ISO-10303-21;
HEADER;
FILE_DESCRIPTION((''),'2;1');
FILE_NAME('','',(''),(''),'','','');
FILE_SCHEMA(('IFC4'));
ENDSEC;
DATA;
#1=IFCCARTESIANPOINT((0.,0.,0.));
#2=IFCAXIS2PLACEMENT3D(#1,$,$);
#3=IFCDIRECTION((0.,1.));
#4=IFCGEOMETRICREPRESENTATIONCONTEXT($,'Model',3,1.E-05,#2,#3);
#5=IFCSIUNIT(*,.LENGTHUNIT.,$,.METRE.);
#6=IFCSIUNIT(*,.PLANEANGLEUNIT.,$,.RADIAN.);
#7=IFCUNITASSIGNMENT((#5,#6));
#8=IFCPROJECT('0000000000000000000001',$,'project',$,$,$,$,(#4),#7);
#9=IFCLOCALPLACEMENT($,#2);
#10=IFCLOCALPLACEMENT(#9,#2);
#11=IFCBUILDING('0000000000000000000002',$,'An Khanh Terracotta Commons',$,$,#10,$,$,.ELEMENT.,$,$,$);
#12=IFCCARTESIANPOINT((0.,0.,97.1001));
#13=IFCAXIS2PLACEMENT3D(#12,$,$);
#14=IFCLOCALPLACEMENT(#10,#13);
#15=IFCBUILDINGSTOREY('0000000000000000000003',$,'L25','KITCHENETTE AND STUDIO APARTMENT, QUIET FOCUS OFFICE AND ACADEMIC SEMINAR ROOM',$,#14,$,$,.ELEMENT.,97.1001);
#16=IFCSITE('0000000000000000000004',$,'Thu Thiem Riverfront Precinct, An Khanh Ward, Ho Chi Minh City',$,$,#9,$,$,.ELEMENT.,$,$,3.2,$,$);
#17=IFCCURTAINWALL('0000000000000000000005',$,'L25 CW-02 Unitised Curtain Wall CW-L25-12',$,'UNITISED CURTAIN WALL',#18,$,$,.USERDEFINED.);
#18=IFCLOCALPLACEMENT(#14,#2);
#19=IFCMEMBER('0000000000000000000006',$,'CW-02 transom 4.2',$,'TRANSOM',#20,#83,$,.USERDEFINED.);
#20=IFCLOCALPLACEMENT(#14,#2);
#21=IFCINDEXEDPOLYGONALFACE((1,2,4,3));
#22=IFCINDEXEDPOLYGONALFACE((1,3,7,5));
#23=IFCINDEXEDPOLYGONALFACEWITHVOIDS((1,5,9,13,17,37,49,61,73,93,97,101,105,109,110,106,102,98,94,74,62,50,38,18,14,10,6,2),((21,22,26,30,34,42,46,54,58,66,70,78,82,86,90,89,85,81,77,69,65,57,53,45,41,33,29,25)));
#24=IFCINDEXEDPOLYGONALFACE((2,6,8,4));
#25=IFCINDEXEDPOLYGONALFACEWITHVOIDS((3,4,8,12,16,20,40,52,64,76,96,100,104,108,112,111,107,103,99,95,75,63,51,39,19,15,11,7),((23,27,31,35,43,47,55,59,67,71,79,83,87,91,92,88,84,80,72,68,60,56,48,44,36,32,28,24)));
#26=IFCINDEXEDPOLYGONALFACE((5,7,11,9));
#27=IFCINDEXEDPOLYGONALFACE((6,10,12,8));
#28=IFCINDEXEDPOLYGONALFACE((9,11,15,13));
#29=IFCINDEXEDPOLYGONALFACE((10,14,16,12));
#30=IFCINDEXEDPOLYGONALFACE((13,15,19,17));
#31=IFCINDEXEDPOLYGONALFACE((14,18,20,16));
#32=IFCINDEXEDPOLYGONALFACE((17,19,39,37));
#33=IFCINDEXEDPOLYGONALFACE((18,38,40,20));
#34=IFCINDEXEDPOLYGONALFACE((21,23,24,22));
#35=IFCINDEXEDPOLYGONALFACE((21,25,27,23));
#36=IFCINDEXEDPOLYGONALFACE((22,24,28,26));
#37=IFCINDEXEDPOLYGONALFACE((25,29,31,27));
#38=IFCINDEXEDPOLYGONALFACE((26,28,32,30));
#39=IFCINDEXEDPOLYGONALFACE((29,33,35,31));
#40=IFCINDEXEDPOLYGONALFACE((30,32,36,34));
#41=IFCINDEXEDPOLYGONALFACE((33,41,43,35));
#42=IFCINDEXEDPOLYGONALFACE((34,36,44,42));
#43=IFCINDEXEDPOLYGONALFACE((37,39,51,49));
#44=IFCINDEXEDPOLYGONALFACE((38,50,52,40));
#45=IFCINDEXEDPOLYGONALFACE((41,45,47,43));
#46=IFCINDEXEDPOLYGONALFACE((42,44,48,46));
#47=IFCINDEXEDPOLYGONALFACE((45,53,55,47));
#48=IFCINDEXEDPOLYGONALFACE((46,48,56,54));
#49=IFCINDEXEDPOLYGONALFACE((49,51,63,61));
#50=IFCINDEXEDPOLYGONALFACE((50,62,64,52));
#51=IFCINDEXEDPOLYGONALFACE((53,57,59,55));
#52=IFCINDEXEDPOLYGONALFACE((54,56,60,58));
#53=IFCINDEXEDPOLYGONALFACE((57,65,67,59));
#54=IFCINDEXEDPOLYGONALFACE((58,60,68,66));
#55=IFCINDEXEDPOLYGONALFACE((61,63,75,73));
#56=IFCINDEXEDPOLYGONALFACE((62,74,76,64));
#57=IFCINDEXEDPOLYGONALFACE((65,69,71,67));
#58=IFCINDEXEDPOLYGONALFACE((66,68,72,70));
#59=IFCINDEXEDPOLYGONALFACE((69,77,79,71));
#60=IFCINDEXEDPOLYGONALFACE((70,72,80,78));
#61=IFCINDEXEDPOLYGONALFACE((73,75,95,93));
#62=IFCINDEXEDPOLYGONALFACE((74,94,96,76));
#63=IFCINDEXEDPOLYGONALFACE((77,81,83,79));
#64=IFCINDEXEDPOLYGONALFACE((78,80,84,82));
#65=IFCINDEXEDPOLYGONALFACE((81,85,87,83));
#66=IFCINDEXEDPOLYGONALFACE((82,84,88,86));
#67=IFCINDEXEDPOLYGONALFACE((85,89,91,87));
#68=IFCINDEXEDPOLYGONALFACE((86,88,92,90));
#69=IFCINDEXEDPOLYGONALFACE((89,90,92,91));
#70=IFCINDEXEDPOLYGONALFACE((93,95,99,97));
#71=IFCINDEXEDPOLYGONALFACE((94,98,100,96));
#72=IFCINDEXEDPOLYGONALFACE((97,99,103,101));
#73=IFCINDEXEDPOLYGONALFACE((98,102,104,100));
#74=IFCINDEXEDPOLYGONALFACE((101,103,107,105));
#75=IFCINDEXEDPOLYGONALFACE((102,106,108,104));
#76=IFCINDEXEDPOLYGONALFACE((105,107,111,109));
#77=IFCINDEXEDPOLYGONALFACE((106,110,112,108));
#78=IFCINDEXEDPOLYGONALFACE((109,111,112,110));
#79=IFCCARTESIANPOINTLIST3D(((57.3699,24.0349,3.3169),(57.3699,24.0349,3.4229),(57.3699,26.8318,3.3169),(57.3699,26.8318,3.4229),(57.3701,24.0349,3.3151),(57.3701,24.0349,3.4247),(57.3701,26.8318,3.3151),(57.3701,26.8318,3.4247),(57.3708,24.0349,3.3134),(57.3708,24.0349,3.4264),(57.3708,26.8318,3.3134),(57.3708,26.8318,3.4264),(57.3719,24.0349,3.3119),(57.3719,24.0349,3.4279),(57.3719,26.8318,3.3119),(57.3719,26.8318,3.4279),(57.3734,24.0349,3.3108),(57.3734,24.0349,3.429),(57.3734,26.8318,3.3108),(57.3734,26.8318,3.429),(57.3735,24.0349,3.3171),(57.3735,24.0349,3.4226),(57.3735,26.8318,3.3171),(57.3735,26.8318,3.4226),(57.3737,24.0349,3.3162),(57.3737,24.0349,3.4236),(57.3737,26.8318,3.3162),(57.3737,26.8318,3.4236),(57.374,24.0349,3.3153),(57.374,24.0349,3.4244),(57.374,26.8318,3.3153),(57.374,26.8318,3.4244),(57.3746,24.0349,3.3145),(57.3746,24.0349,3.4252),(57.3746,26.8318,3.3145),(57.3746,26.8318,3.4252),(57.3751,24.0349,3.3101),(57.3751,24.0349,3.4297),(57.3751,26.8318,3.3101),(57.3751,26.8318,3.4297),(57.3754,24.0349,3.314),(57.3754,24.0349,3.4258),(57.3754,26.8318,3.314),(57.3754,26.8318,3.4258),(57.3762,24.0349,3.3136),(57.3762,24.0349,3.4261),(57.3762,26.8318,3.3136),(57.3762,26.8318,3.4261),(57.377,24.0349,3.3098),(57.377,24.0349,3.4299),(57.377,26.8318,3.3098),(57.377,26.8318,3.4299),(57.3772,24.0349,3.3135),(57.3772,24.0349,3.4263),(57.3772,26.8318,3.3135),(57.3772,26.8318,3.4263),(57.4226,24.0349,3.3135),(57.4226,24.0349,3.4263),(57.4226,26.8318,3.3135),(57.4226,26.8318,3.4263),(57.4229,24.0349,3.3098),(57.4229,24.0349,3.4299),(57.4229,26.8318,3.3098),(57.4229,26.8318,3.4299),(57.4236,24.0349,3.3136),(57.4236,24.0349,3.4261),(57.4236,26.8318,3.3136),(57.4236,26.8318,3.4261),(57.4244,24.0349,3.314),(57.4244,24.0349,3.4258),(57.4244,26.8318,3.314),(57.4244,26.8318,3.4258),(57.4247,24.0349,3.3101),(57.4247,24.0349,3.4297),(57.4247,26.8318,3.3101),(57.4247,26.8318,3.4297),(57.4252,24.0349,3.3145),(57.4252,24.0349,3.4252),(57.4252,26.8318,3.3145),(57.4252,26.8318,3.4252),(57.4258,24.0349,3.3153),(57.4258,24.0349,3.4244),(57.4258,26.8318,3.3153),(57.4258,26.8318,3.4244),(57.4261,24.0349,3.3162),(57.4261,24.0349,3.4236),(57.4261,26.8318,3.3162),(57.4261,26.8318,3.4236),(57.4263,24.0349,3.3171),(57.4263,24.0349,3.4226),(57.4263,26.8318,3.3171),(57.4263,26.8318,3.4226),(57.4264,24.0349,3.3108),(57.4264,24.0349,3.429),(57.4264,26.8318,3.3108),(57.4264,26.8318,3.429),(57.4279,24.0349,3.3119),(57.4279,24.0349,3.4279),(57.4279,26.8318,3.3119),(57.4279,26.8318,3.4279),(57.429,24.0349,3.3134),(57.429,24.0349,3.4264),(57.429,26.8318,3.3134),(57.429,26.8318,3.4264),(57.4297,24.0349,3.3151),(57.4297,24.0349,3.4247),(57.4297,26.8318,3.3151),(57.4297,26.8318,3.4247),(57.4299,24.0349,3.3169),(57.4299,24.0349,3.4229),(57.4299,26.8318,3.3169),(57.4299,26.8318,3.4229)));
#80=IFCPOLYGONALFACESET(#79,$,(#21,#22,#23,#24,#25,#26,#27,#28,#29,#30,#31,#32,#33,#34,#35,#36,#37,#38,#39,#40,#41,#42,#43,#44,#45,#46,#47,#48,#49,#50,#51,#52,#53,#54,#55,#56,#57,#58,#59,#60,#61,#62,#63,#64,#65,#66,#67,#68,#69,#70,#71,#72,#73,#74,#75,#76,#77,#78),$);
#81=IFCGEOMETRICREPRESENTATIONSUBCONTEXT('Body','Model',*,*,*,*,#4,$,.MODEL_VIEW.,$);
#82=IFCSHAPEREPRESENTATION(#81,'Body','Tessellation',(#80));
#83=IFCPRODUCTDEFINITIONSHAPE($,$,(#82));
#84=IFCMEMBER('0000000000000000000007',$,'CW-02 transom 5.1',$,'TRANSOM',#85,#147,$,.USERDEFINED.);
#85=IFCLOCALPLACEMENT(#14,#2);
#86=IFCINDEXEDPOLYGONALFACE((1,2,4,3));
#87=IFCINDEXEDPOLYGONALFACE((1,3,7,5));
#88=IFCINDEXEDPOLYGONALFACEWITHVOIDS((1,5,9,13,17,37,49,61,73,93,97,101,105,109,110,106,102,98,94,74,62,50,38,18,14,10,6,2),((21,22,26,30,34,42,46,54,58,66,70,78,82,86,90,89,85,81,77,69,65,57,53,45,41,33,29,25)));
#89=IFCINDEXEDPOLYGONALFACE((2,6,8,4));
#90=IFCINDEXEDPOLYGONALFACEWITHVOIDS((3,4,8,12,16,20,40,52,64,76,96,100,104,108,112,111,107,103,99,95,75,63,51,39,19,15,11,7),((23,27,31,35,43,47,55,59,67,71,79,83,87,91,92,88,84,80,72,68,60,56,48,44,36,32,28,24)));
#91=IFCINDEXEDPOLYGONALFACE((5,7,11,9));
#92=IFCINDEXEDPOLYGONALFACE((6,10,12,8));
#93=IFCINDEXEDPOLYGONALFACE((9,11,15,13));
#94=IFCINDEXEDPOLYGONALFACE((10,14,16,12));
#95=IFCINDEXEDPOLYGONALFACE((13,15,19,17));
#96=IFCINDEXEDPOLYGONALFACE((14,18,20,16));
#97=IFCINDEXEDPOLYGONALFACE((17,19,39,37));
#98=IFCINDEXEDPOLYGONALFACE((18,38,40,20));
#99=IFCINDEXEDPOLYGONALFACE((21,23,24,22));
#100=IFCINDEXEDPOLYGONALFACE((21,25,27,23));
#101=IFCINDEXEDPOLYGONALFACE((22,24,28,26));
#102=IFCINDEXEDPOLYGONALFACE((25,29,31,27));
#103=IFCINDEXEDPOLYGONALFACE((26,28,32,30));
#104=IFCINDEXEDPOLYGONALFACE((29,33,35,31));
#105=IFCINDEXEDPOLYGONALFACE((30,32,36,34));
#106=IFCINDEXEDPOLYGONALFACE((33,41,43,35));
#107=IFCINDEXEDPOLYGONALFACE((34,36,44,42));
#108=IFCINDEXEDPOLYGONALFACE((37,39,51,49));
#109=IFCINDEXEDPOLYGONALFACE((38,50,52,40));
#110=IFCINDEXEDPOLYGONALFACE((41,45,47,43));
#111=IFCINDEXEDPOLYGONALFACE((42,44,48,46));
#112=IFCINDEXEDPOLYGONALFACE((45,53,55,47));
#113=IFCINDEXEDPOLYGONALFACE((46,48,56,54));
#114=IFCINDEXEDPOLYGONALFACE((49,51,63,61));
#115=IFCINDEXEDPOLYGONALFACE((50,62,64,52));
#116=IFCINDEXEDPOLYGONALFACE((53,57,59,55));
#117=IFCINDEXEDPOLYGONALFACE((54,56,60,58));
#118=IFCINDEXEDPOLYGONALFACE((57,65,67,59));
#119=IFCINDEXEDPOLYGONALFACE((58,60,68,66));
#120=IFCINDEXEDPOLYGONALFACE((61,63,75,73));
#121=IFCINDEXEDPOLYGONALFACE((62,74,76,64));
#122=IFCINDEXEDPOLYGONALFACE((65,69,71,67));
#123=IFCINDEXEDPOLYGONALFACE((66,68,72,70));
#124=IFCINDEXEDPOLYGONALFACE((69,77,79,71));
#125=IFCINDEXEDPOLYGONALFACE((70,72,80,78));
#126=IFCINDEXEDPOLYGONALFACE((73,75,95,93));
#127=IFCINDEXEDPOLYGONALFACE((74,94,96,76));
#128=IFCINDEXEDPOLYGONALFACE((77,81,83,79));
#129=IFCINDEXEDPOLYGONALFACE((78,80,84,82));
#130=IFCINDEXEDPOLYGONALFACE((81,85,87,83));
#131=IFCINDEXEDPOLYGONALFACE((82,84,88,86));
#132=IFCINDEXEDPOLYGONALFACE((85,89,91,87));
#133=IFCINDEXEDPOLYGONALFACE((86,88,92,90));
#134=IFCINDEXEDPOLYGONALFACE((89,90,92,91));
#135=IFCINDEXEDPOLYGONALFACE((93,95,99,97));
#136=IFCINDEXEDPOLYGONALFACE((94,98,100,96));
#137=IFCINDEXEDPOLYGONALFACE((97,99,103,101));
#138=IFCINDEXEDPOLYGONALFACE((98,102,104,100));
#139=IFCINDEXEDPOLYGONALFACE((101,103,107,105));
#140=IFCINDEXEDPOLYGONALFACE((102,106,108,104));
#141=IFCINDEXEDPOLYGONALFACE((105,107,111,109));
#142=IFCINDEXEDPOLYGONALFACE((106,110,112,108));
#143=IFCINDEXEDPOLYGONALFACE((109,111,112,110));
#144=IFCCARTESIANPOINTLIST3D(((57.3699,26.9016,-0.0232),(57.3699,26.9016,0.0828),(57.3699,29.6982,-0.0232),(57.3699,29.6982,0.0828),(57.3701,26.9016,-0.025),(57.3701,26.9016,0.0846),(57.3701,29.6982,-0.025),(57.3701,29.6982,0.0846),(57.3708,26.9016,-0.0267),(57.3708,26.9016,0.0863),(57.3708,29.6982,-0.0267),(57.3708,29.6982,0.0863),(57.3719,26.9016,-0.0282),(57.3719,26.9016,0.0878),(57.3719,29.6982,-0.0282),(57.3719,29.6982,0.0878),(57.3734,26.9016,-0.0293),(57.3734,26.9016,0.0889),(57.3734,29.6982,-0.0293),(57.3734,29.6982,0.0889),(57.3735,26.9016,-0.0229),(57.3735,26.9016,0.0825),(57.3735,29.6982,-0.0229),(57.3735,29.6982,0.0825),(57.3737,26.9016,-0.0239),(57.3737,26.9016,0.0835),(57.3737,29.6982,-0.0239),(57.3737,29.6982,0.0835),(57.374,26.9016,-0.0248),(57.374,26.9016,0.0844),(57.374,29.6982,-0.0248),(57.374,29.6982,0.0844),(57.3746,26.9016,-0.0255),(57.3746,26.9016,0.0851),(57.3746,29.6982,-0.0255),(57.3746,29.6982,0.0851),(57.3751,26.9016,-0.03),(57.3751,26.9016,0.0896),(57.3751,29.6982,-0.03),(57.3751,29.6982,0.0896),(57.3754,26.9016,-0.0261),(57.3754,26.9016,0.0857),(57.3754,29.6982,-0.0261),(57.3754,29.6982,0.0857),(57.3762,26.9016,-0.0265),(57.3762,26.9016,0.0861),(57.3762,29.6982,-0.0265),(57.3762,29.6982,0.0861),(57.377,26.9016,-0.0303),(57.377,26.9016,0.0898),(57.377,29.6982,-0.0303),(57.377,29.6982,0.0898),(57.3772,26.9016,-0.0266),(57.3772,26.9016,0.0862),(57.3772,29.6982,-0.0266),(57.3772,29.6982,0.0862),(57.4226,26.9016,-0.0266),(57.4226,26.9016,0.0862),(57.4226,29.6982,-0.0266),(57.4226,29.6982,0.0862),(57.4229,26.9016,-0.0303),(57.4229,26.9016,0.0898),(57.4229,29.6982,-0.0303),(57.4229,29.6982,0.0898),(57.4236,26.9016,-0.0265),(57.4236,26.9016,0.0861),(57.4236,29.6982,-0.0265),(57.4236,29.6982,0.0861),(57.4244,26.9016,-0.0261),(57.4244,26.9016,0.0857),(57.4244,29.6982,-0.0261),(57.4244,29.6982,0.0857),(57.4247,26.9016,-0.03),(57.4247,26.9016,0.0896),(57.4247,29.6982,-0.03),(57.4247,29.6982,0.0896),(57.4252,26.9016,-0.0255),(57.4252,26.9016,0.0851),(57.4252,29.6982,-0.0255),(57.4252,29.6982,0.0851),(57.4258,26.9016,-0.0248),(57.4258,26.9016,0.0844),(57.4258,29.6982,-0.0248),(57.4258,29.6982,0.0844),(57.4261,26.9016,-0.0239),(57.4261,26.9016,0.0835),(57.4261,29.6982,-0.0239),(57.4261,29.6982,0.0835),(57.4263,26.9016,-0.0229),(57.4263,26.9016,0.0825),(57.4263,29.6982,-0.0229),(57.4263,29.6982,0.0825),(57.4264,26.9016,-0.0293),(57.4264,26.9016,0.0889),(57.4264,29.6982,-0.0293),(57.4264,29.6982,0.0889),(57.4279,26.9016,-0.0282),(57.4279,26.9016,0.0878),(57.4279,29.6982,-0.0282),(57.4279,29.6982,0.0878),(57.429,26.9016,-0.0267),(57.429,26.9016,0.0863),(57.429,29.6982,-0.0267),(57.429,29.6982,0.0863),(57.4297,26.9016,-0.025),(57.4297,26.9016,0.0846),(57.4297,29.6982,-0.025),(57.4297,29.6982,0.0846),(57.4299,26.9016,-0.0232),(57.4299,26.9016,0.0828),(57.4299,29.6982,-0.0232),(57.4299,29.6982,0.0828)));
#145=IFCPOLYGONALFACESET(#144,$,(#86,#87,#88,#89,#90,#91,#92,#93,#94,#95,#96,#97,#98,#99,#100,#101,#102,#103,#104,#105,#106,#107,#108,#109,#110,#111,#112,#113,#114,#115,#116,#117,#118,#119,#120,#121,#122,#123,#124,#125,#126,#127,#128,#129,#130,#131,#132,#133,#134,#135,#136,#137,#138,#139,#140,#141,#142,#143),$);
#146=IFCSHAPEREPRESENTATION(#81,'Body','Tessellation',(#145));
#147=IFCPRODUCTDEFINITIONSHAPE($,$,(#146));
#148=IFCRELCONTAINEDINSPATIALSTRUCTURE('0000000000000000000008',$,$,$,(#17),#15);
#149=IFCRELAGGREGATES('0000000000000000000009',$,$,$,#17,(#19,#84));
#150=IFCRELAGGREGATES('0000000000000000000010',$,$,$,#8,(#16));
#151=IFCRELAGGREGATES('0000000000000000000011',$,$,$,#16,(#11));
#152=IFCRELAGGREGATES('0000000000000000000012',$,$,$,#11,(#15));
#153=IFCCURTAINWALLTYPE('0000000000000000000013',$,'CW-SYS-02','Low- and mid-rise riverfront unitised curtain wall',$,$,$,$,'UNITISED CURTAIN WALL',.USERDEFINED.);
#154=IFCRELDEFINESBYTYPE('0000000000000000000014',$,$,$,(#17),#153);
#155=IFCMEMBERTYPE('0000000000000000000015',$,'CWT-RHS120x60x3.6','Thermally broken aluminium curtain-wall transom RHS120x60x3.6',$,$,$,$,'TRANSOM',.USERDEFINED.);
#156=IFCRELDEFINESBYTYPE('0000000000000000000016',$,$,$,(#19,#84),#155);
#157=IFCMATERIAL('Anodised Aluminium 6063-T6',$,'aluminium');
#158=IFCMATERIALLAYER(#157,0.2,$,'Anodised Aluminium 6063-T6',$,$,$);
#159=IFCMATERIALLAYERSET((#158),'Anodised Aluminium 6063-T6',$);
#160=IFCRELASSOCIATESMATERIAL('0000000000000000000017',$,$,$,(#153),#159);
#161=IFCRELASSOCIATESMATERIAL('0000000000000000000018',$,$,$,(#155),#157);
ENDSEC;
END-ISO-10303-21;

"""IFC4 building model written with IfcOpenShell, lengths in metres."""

from ifc_helpers import new_model, si_unit, direction, frame, origin, origin_2d, place, context, subcontext, project, spatial, hollow_rectangle, extrude, material, layer, layer_set, material_profile, profile_set, type_object, element, aggregate, save


model = new_model("IFC4")

# Units and contexts
model_context = context("Model", 3, precision=1e-05, world=origin(), true_north=direction((0.0, 1.0)))
body_context = subcontext(model_context, "Body", "Model", "MODEL_VIEW")
ifc_project = project(units=[si_unit("LENGTHUNIT", "METRE"), si_unit("PLANEANGLEUNIT", "RADIAN")], contexts=[model_context])

# Site, building, storey
site_placement = place(None, origin())
site = spatial("IfcSite", under=ifc_project, at=site_placement, Name="Thu Thiem Riverfront Precinct, An Khanh Ward, Ho Chi Minh City", CompositionType="ELEMENT", RefElevation=3.2)
building_placement = place(site_placement, origin())
building = spatial("IfcBuilding", under=site, at=building_placement, Name="An Khanh Terracotta Commons", CompositionType="ELEMENT")
storey_placement = place(building_placement, frame((0.0, 0.0, 97.1001)))
storey = spatial("IfcBuildingStorey", under=building, at=storey_placement, Name="L25", Description="KITCHENETTE AND STUDIO APARTMENT, QUIET FOCUS OFFICE AND ACADEMIC SEMINAR ROOM", CompositionType="ELEMENT", Elevation=97.1001)

# Curtain wall
ifc_material_1 = material(Name="Anodised Aluminium 6063-T6", Category="aluminium")
ifc_layer_1 = layer(ifc_material_1, 0.2, Name="Anodised Aluminium 6063-T6")
ifc_layer_set_1 = layer_set([ifc_layer_1], Name="Anodised Aluminium 6063-T6")
curtain_wall_type = type_object("IfcCurtainWallType", Name="CW-SYS-02", Description="Low- and mid-rise riverfront unitised curtain wall", ElementType="UNITISED CURTAIN WALL", PredefinedType="USERDEFINED", material=ifc_layer_set_1)
curtain_wall_1_placement = place(storey_placement, origin())
curtain_wall_1 = element("IfcCurtainWall", 1, at=curtain_wall_1_placement, inside=storey, type_object=curtain_wall_type, Name="L25 CW-02 Unitised Curtain Wall CW-L25-12", ObjectType="UNITISED CURTAIN WALL", PredefinedType="USERDEFINED")

# Members
ifc_material_profile_1 = material_profile(ifc_material_1, hollow_rectangle(XDim=0.0601, YDim=0.1201, WallThickness=0.0037, InnerFilletRadius=0.0037, OuterFilletRadius=0.0071, at=origin_2d()), Name="RHS120x60x3.6")
ifc_profile_set_1 = profile_set([ifc_material_profile_1], Name="Anodised Aluminium 6063-T6")
member_type_1 = type_object("IfcMemberType", Name="CWT-RHS120x60x3.6", Description="Thermally broken aluminium curtain-wall transom RHS120x60x3.6", ElementType="TRANSOM", PredefinedType="USERDEFINED", material=ifc_profile_set_1)
member_1_placement = place(storey_placement, frame((57.3999, 24.0349, 3.3699), z_axis=(0.0, 1.0, 0.0), x_axis=(-1.0, 0.0, 0.0)))
member_1 = element("IfcMember", 2, at=member_1_placement, type_object=member_type_1, Name="CW-02 transom 4.2", ObjectType="TRANSOM", PredefinedType="USERDEFINED", context=body_context, shape_type="SweptSolid", body=[
    extrude(hollow_rectangle(XDim=0.0601, YDim=0.1201, WallThickness=0.0037, InnerFilletRadius=0.0037, OuterFilletRadius=0.0071, at=origin_2d()), origin(), (0.0, 0.0, 1.0), 2.7969),
])
member_2_placement = place(storey_placement, frame((57.3999, 26.9016, 0.0298), z_axis=(0.0, 1.0, 0.0), x_axis=(-1.0, 0.0, 0.0)))
member_2 = element("IfcMember", 3, at=member_2_placement, type_object=member_type_1, Name="CW-02 transom 5.1", ObjectType="TRANSOM", PredefinedType="USERDEFINED", context=body_context, shape_type="SweptSolid", body=[
    extrude(hollow_rectangle(XDim=0.0601, YDim=0.1201, WallThickness=0.0037, InnerFilletRadius=0.0037, OuterFilletRadius=0.0071, at=origin_2d()), origin(), (0.0, 0.0, 1.0), 2.7966),
])

aggregate(curtain_wall_1, [member_1, member_2])

save(model, "model.ifc")
